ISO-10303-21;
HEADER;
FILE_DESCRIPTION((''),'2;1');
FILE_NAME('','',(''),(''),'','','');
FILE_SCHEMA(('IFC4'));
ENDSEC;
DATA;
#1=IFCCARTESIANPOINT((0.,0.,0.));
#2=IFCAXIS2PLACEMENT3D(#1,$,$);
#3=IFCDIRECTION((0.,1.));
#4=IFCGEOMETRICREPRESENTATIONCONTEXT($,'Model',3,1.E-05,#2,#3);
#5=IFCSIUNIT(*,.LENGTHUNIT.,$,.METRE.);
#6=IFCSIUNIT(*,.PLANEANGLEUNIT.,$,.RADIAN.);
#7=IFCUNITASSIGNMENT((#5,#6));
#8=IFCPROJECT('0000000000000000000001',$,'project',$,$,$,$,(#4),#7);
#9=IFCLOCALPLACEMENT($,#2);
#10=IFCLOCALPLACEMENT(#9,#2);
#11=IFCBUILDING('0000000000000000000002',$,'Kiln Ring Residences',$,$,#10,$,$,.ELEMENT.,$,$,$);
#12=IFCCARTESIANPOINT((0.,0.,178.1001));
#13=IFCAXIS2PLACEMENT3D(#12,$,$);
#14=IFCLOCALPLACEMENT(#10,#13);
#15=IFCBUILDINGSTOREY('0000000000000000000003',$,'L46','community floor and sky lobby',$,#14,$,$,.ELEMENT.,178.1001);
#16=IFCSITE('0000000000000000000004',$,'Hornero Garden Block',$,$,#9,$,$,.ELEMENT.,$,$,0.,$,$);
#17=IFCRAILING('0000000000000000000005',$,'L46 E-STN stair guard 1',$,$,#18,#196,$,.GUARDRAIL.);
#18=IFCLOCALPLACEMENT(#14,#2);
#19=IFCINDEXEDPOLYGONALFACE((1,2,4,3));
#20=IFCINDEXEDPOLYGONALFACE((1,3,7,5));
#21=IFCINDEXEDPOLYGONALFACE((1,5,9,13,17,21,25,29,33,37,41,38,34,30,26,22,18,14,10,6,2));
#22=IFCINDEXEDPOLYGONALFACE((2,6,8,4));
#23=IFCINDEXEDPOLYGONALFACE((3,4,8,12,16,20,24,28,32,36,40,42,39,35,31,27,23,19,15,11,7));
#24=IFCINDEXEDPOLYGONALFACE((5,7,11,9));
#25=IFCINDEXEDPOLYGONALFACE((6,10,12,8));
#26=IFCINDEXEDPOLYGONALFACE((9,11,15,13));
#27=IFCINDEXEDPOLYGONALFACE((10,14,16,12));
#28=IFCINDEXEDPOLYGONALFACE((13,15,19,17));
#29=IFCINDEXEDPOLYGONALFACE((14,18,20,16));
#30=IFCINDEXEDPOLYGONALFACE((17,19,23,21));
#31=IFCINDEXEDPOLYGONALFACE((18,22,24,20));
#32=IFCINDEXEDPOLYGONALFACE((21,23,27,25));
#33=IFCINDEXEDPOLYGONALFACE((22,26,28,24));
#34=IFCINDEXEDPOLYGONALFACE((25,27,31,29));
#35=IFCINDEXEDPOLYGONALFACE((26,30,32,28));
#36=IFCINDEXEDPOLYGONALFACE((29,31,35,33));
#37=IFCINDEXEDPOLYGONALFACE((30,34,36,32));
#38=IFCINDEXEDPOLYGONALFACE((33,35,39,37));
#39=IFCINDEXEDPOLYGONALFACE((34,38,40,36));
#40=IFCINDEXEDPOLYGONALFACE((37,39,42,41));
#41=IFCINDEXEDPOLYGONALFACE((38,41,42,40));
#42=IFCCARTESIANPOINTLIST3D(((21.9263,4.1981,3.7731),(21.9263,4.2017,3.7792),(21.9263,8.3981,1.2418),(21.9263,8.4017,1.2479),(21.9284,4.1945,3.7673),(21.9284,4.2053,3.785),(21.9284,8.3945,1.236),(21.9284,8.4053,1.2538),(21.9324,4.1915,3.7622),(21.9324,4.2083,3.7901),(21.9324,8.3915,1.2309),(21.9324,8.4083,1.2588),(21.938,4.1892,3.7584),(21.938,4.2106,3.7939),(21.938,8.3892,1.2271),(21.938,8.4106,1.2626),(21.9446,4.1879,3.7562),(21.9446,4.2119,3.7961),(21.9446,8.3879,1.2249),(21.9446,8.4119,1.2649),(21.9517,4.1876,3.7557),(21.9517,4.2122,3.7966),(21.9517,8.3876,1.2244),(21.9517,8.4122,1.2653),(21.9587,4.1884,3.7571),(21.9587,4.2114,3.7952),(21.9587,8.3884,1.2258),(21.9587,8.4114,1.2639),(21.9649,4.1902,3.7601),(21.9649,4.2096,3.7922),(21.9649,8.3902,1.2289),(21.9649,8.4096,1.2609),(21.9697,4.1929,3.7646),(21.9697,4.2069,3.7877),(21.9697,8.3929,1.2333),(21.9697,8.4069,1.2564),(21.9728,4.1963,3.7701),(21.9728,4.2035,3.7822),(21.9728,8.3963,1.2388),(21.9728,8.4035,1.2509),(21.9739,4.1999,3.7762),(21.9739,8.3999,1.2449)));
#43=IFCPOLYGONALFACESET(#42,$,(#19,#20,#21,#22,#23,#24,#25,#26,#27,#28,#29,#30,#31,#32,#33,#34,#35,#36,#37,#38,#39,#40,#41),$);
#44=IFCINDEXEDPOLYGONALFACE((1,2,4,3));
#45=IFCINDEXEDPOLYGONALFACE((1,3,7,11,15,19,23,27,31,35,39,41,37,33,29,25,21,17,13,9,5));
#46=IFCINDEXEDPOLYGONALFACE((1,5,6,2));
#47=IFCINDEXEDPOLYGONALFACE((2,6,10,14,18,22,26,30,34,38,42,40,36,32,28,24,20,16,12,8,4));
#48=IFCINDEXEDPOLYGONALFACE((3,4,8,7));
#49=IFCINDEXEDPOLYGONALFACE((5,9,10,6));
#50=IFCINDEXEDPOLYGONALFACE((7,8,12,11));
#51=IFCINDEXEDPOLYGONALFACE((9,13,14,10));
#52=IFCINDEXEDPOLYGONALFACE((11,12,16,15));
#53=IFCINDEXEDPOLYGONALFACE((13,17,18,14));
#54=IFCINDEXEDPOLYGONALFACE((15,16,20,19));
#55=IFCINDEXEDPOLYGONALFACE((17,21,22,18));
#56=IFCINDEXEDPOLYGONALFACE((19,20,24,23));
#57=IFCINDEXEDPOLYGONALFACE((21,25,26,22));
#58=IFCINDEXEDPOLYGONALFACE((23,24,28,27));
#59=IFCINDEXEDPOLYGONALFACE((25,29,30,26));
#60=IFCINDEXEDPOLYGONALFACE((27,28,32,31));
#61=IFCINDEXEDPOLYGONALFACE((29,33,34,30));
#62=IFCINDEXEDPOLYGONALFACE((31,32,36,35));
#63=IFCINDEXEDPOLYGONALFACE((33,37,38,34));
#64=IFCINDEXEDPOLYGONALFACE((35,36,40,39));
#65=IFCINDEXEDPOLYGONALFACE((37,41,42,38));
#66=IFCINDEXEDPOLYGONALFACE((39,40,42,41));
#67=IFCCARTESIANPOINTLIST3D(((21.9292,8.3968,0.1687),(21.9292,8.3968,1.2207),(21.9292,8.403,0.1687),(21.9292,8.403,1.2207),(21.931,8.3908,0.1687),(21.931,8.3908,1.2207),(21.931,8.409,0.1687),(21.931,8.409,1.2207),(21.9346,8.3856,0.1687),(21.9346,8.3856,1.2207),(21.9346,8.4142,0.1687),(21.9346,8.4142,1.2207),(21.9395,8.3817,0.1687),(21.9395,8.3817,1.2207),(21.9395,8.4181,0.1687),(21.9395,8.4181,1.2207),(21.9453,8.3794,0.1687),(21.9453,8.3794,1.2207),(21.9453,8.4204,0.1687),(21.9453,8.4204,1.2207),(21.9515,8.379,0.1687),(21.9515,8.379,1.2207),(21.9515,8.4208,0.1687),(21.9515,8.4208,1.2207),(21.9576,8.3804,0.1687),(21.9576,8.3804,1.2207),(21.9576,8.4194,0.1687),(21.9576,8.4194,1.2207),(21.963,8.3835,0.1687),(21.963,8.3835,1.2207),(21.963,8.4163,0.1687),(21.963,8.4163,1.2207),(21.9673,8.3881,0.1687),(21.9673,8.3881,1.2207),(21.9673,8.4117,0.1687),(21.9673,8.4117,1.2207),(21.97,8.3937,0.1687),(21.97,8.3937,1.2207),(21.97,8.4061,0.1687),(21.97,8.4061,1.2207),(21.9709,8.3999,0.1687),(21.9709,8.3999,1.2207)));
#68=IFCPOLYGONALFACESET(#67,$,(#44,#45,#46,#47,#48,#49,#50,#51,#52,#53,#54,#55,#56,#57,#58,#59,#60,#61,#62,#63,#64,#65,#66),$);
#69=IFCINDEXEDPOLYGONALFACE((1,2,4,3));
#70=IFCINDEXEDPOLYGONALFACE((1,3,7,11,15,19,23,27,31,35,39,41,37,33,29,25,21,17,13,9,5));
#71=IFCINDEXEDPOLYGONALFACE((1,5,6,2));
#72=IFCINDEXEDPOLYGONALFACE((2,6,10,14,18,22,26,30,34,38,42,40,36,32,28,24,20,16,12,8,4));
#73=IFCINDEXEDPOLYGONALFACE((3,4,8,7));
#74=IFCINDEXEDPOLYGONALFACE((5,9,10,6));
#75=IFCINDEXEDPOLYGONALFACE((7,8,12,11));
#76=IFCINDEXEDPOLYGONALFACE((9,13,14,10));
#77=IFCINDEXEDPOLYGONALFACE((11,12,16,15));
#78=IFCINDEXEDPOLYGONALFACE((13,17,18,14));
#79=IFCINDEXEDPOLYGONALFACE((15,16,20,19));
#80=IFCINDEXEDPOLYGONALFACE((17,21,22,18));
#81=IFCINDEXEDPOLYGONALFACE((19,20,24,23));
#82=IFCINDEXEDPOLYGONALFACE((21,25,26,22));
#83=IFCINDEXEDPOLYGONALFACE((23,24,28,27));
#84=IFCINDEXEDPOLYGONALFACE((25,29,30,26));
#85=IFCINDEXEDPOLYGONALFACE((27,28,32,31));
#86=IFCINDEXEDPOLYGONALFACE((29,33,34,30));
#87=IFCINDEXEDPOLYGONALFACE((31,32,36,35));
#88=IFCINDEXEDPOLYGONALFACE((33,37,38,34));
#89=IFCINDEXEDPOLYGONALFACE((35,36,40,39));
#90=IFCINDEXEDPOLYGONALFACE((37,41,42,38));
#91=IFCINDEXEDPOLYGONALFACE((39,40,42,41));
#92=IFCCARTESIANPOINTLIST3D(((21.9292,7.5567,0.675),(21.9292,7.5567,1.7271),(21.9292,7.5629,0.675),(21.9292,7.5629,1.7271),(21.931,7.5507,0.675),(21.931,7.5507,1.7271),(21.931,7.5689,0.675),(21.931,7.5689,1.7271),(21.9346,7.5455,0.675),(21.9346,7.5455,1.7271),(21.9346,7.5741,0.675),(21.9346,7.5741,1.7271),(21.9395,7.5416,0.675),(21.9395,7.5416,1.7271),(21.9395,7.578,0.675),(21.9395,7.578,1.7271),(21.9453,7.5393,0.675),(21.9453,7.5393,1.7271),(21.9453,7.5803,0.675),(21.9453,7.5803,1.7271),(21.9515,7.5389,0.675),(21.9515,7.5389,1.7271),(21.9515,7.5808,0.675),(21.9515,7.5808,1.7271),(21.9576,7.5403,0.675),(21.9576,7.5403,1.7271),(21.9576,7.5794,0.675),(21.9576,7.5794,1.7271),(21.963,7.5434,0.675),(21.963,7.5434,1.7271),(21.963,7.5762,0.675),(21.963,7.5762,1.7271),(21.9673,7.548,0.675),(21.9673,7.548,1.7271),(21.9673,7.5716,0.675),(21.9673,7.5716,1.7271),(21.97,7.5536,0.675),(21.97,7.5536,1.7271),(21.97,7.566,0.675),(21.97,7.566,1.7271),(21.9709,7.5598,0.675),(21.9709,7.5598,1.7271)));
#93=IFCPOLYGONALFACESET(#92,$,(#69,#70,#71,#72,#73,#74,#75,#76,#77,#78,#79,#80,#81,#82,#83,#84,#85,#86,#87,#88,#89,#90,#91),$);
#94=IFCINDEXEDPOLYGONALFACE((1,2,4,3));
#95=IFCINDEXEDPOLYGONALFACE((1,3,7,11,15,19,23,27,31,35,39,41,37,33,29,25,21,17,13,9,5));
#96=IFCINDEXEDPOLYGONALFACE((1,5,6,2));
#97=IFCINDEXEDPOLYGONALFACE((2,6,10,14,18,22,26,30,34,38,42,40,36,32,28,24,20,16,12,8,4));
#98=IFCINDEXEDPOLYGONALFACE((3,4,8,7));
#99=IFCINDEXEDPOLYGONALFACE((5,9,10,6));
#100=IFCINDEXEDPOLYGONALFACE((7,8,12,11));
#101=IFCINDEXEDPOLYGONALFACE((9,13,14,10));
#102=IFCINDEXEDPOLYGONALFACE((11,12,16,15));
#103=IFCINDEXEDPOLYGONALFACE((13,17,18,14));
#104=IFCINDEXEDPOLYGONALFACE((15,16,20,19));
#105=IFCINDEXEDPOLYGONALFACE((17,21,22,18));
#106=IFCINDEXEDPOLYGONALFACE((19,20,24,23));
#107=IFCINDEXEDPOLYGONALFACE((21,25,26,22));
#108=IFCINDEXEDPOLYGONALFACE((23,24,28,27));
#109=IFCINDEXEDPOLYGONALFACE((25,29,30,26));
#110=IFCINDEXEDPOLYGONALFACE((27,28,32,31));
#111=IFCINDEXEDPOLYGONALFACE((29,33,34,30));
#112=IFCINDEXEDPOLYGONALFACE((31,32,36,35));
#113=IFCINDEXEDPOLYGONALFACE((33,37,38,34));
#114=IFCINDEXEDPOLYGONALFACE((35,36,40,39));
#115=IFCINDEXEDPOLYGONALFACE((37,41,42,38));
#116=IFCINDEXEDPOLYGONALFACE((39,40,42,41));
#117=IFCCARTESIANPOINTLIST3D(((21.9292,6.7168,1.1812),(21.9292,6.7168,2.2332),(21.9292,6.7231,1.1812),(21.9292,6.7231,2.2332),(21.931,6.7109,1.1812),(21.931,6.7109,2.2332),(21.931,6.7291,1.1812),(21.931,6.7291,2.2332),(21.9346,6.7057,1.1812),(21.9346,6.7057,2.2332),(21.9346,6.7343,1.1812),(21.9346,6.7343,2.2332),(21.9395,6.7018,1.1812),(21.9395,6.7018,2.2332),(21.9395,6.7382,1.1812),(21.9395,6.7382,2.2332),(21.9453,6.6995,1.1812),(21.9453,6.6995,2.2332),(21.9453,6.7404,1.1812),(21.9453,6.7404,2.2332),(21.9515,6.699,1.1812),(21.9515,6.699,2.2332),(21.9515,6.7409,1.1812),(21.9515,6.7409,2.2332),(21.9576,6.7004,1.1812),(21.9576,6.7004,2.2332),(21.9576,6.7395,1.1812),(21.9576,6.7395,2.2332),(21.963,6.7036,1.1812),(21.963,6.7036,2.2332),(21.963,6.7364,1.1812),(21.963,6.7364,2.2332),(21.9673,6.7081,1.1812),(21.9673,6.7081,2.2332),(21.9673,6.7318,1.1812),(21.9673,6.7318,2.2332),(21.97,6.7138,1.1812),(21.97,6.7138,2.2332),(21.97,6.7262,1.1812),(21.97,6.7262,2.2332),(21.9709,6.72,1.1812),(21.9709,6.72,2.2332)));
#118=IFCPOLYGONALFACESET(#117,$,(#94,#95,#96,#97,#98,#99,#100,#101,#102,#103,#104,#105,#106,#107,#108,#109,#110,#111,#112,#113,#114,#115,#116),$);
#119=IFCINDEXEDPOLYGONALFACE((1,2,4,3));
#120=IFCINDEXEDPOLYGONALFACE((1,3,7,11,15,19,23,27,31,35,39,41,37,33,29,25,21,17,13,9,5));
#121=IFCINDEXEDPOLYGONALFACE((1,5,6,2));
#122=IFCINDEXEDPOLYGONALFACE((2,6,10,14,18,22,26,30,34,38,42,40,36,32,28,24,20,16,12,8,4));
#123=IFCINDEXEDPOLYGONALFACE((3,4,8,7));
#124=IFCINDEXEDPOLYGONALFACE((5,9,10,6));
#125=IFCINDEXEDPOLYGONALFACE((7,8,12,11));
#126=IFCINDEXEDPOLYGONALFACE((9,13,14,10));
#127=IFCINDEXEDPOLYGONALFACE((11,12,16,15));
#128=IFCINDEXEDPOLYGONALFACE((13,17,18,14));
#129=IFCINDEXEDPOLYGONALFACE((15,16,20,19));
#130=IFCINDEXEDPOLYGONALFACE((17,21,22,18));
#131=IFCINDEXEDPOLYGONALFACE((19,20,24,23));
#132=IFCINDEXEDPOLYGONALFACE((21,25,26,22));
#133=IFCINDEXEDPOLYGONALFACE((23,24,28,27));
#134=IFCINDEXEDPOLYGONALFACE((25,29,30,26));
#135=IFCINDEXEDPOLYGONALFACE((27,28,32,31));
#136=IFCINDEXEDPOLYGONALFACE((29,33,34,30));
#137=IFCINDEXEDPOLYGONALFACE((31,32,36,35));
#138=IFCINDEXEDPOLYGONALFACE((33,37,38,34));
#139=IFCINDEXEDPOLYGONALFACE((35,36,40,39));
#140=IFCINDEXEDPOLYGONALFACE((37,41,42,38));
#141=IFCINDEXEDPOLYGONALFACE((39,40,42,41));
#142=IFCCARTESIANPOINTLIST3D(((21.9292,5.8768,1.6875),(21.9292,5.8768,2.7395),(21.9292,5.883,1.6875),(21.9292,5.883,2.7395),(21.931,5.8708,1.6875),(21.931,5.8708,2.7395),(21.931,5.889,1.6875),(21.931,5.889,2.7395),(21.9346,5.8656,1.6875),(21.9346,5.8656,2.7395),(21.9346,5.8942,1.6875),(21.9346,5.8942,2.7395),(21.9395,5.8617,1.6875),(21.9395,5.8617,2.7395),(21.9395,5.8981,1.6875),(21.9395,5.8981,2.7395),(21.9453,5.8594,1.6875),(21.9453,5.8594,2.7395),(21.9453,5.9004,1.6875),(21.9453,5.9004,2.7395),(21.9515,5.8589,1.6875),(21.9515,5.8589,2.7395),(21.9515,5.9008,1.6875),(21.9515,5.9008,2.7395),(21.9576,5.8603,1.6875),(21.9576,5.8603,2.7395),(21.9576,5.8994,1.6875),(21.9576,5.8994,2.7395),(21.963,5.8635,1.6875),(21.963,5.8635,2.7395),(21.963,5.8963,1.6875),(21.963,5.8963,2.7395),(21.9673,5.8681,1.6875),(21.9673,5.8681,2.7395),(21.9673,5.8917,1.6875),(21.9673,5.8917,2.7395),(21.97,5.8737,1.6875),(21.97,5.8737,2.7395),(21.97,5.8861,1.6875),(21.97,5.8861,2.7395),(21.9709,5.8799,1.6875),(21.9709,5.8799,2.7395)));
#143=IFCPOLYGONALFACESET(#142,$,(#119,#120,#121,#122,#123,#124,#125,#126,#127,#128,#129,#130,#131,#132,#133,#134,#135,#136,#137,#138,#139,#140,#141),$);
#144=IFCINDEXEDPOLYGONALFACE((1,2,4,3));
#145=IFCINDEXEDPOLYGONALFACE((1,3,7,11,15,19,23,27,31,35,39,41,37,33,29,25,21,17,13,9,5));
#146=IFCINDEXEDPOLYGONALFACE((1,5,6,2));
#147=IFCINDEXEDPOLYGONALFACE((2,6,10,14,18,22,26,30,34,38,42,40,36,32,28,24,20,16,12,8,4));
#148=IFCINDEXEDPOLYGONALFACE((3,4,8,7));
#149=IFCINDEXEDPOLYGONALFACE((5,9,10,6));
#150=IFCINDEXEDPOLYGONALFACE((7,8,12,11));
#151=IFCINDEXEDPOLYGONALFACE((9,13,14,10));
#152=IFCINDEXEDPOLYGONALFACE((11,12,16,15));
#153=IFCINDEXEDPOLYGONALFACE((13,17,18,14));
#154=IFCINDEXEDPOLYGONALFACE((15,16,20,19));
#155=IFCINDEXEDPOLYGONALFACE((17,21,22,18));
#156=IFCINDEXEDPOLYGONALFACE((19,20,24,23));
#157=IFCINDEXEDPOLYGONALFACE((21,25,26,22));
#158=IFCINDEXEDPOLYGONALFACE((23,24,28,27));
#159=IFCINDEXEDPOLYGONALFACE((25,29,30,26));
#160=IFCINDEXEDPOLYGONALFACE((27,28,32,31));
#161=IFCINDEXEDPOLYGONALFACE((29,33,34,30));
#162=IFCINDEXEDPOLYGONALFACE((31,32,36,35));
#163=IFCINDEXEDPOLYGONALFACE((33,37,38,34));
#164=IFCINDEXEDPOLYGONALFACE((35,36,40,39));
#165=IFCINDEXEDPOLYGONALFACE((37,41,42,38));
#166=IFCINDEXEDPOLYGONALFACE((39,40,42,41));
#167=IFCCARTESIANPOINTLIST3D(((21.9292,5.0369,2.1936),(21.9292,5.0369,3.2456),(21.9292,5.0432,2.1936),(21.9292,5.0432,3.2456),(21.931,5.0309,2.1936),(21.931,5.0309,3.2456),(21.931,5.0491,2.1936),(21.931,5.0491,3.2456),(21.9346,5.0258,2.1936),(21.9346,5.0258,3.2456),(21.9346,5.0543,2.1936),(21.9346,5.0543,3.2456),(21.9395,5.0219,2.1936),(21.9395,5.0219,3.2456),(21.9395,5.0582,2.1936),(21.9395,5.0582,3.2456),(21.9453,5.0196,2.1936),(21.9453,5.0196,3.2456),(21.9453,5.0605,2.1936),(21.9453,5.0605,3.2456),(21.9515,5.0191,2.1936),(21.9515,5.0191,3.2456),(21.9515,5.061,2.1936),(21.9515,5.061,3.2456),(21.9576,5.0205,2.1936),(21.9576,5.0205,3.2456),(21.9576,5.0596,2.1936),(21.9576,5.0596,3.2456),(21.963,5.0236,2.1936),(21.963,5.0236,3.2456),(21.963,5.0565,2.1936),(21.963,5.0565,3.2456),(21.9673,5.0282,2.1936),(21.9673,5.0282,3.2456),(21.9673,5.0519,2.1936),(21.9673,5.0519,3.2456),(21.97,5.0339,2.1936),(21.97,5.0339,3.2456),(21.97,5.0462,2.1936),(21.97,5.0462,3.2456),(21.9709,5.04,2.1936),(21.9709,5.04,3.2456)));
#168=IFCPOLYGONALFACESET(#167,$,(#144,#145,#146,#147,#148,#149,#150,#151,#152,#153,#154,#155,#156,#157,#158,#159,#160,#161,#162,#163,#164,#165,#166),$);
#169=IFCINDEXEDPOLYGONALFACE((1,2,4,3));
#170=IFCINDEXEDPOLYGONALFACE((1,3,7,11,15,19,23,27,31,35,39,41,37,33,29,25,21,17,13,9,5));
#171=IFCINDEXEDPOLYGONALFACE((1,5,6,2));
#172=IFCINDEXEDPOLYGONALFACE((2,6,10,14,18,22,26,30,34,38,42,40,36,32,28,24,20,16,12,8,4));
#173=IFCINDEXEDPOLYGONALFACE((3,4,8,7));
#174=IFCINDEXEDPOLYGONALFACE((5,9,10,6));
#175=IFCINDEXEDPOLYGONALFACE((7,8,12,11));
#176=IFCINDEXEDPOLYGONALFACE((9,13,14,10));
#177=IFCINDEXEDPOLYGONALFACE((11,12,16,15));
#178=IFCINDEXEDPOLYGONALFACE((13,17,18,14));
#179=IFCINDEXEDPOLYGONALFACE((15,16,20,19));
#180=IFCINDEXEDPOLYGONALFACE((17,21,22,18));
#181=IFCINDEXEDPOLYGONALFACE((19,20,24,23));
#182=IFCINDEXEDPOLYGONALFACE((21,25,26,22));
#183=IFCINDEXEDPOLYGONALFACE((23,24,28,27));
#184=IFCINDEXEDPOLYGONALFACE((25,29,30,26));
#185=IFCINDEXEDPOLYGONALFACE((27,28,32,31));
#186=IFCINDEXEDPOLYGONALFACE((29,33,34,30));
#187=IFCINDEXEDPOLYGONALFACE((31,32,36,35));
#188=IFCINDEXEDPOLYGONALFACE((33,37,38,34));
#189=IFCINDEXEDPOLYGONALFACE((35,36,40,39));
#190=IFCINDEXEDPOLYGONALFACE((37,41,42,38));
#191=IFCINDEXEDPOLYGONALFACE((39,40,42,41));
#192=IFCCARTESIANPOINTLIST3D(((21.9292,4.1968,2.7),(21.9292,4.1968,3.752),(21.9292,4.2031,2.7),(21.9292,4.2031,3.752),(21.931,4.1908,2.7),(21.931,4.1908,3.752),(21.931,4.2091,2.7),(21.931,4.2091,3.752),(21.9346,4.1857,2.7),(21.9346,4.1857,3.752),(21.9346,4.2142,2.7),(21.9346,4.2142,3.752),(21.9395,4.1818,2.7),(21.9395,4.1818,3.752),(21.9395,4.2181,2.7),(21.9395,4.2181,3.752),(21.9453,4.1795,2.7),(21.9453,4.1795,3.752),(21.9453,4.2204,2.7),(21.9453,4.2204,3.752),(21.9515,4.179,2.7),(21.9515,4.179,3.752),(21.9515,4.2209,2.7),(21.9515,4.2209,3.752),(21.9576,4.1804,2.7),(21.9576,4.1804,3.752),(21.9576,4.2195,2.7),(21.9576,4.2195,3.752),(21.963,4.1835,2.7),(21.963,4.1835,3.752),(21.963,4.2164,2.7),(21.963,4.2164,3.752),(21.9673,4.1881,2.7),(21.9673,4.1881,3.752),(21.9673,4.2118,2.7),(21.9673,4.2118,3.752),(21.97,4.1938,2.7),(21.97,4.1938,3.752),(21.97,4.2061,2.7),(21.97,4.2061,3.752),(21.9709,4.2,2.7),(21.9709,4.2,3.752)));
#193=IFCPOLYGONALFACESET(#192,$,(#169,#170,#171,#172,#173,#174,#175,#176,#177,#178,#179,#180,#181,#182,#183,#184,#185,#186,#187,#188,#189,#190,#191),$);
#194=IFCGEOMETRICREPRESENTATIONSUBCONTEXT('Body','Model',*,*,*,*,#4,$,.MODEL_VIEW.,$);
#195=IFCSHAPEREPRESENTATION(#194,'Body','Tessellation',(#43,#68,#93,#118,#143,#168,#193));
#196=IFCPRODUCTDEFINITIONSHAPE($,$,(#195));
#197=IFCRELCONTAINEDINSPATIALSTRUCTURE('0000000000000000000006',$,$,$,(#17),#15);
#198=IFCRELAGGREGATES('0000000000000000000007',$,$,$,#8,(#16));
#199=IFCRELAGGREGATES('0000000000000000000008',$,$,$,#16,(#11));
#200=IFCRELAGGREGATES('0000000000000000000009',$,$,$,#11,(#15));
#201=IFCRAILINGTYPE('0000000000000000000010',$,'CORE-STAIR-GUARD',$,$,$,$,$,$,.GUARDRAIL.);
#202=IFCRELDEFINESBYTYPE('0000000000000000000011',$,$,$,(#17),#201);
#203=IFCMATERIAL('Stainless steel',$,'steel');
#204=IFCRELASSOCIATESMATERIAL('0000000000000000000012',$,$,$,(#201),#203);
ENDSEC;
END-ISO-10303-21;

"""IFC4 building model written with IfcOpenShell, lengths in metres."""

from ifc_helpers import new_model, si_unit, direction, frame, origin, origin_2d, place, context, subcontext, project, spatial, circle, extrude, material, type_object, element, save


model = new_model("IFC4")

# Units and contexts
model_context = context("Model", 3, precision=1e-05, world=origin(), true_north=direction((0.0, 1.0)))
body_context = subcontext(model_context, "Body", "Model", "MODEL_VIEW")
ifc_project = project(units=[si_unit("LENGTHUNIT", "METRE"), si_unit("PLANEANGLEUNIT", "RADIAN")], contexts=[model_context])

# Site, building, storey
site_placement = place(None, origin())
site = spatial("IfcSite", under=ifc_project, at=site_placement, Name="Hornero Garden Block", CompositionType="ELEMENT", RefElevation=0.0)
building_placement = place(site_placement, origin())
building = spatial("IfcBuilding", under=site, at=building_placement, Name="Kiln Ring Residences", CompositionType="ELEMENT")
storey_placement = place(building_placement, frame((0.0, 0.0, 178.1001)))
storey = spatial("IfcBuildingStorey", under=building, at=storey_placement, Name="L46", Description="community floor and sky lobby", CompositionType="ELEMENT", Elevation=178.1001)

# Railing
ifc_material_1 = material(Name="Stainless steel", Category="steel")
railing_type_1 = type_object("IfcRailingType", Name="CORE-STAIR-GUARD", PredefinedType="GUARDRAIL", material=ifc_material_1)
railing_1_placement = place(storey_placement, frame((21.95, 8.3999, 0.1687)))
element("IfcRailing", 1, at=railing_1_placement, inside=storey, type_object=railing_type_1, Name="L46 E-STN stair guard 1", PredefinedType="GUARDRAIL", context=body_context, shape_type="SweptSolid", body=[
    extrude(circle(Radius=0.0239, at=origin_2d()), frame((0.0, 0.0, 1.0762), z_axis=(0.0, -0.856476, 0.516186), x_axis=(1.0, 0.0, 0.0)), (0.0, 0.0, 1.0), 4.9038),
    extrude(circle(Radius=0.021, at=origin_2d()), origin(), (0.0, 0.0, 1.0), 1.052),
    extrude(circle(Radius=0.021, at=origin_2d()), frame((0.0, -0.8401, 0.5063)), (0.0, 0.0, 1.0), 1.052),
    extrude(circle(Radius=0.021, at=origin_2d()), frame((0.0, -1.6799, 1.0125)), (0.0, 0.0, 1.0), 1.052),
    extrude(circle(Radius=0.021, at=origin_2d()), frame((0.0, -2.52, 1.5188)), (0.0, 0.0, 1.0), 1.052),
    extrude(circle(Radius=0.021, at=origin_2d()), frame((0.0, -3.3599, 2.0249)), (0.0, 0.0, 1.0), 1.052),
    extrude(circle(Radius=0.021, at=origin_2d()), frame((0.0, -4.2, 2.5312)), (0.0, 0.0, 1.0), 1.052),
])

save(model, "model.ifc")
